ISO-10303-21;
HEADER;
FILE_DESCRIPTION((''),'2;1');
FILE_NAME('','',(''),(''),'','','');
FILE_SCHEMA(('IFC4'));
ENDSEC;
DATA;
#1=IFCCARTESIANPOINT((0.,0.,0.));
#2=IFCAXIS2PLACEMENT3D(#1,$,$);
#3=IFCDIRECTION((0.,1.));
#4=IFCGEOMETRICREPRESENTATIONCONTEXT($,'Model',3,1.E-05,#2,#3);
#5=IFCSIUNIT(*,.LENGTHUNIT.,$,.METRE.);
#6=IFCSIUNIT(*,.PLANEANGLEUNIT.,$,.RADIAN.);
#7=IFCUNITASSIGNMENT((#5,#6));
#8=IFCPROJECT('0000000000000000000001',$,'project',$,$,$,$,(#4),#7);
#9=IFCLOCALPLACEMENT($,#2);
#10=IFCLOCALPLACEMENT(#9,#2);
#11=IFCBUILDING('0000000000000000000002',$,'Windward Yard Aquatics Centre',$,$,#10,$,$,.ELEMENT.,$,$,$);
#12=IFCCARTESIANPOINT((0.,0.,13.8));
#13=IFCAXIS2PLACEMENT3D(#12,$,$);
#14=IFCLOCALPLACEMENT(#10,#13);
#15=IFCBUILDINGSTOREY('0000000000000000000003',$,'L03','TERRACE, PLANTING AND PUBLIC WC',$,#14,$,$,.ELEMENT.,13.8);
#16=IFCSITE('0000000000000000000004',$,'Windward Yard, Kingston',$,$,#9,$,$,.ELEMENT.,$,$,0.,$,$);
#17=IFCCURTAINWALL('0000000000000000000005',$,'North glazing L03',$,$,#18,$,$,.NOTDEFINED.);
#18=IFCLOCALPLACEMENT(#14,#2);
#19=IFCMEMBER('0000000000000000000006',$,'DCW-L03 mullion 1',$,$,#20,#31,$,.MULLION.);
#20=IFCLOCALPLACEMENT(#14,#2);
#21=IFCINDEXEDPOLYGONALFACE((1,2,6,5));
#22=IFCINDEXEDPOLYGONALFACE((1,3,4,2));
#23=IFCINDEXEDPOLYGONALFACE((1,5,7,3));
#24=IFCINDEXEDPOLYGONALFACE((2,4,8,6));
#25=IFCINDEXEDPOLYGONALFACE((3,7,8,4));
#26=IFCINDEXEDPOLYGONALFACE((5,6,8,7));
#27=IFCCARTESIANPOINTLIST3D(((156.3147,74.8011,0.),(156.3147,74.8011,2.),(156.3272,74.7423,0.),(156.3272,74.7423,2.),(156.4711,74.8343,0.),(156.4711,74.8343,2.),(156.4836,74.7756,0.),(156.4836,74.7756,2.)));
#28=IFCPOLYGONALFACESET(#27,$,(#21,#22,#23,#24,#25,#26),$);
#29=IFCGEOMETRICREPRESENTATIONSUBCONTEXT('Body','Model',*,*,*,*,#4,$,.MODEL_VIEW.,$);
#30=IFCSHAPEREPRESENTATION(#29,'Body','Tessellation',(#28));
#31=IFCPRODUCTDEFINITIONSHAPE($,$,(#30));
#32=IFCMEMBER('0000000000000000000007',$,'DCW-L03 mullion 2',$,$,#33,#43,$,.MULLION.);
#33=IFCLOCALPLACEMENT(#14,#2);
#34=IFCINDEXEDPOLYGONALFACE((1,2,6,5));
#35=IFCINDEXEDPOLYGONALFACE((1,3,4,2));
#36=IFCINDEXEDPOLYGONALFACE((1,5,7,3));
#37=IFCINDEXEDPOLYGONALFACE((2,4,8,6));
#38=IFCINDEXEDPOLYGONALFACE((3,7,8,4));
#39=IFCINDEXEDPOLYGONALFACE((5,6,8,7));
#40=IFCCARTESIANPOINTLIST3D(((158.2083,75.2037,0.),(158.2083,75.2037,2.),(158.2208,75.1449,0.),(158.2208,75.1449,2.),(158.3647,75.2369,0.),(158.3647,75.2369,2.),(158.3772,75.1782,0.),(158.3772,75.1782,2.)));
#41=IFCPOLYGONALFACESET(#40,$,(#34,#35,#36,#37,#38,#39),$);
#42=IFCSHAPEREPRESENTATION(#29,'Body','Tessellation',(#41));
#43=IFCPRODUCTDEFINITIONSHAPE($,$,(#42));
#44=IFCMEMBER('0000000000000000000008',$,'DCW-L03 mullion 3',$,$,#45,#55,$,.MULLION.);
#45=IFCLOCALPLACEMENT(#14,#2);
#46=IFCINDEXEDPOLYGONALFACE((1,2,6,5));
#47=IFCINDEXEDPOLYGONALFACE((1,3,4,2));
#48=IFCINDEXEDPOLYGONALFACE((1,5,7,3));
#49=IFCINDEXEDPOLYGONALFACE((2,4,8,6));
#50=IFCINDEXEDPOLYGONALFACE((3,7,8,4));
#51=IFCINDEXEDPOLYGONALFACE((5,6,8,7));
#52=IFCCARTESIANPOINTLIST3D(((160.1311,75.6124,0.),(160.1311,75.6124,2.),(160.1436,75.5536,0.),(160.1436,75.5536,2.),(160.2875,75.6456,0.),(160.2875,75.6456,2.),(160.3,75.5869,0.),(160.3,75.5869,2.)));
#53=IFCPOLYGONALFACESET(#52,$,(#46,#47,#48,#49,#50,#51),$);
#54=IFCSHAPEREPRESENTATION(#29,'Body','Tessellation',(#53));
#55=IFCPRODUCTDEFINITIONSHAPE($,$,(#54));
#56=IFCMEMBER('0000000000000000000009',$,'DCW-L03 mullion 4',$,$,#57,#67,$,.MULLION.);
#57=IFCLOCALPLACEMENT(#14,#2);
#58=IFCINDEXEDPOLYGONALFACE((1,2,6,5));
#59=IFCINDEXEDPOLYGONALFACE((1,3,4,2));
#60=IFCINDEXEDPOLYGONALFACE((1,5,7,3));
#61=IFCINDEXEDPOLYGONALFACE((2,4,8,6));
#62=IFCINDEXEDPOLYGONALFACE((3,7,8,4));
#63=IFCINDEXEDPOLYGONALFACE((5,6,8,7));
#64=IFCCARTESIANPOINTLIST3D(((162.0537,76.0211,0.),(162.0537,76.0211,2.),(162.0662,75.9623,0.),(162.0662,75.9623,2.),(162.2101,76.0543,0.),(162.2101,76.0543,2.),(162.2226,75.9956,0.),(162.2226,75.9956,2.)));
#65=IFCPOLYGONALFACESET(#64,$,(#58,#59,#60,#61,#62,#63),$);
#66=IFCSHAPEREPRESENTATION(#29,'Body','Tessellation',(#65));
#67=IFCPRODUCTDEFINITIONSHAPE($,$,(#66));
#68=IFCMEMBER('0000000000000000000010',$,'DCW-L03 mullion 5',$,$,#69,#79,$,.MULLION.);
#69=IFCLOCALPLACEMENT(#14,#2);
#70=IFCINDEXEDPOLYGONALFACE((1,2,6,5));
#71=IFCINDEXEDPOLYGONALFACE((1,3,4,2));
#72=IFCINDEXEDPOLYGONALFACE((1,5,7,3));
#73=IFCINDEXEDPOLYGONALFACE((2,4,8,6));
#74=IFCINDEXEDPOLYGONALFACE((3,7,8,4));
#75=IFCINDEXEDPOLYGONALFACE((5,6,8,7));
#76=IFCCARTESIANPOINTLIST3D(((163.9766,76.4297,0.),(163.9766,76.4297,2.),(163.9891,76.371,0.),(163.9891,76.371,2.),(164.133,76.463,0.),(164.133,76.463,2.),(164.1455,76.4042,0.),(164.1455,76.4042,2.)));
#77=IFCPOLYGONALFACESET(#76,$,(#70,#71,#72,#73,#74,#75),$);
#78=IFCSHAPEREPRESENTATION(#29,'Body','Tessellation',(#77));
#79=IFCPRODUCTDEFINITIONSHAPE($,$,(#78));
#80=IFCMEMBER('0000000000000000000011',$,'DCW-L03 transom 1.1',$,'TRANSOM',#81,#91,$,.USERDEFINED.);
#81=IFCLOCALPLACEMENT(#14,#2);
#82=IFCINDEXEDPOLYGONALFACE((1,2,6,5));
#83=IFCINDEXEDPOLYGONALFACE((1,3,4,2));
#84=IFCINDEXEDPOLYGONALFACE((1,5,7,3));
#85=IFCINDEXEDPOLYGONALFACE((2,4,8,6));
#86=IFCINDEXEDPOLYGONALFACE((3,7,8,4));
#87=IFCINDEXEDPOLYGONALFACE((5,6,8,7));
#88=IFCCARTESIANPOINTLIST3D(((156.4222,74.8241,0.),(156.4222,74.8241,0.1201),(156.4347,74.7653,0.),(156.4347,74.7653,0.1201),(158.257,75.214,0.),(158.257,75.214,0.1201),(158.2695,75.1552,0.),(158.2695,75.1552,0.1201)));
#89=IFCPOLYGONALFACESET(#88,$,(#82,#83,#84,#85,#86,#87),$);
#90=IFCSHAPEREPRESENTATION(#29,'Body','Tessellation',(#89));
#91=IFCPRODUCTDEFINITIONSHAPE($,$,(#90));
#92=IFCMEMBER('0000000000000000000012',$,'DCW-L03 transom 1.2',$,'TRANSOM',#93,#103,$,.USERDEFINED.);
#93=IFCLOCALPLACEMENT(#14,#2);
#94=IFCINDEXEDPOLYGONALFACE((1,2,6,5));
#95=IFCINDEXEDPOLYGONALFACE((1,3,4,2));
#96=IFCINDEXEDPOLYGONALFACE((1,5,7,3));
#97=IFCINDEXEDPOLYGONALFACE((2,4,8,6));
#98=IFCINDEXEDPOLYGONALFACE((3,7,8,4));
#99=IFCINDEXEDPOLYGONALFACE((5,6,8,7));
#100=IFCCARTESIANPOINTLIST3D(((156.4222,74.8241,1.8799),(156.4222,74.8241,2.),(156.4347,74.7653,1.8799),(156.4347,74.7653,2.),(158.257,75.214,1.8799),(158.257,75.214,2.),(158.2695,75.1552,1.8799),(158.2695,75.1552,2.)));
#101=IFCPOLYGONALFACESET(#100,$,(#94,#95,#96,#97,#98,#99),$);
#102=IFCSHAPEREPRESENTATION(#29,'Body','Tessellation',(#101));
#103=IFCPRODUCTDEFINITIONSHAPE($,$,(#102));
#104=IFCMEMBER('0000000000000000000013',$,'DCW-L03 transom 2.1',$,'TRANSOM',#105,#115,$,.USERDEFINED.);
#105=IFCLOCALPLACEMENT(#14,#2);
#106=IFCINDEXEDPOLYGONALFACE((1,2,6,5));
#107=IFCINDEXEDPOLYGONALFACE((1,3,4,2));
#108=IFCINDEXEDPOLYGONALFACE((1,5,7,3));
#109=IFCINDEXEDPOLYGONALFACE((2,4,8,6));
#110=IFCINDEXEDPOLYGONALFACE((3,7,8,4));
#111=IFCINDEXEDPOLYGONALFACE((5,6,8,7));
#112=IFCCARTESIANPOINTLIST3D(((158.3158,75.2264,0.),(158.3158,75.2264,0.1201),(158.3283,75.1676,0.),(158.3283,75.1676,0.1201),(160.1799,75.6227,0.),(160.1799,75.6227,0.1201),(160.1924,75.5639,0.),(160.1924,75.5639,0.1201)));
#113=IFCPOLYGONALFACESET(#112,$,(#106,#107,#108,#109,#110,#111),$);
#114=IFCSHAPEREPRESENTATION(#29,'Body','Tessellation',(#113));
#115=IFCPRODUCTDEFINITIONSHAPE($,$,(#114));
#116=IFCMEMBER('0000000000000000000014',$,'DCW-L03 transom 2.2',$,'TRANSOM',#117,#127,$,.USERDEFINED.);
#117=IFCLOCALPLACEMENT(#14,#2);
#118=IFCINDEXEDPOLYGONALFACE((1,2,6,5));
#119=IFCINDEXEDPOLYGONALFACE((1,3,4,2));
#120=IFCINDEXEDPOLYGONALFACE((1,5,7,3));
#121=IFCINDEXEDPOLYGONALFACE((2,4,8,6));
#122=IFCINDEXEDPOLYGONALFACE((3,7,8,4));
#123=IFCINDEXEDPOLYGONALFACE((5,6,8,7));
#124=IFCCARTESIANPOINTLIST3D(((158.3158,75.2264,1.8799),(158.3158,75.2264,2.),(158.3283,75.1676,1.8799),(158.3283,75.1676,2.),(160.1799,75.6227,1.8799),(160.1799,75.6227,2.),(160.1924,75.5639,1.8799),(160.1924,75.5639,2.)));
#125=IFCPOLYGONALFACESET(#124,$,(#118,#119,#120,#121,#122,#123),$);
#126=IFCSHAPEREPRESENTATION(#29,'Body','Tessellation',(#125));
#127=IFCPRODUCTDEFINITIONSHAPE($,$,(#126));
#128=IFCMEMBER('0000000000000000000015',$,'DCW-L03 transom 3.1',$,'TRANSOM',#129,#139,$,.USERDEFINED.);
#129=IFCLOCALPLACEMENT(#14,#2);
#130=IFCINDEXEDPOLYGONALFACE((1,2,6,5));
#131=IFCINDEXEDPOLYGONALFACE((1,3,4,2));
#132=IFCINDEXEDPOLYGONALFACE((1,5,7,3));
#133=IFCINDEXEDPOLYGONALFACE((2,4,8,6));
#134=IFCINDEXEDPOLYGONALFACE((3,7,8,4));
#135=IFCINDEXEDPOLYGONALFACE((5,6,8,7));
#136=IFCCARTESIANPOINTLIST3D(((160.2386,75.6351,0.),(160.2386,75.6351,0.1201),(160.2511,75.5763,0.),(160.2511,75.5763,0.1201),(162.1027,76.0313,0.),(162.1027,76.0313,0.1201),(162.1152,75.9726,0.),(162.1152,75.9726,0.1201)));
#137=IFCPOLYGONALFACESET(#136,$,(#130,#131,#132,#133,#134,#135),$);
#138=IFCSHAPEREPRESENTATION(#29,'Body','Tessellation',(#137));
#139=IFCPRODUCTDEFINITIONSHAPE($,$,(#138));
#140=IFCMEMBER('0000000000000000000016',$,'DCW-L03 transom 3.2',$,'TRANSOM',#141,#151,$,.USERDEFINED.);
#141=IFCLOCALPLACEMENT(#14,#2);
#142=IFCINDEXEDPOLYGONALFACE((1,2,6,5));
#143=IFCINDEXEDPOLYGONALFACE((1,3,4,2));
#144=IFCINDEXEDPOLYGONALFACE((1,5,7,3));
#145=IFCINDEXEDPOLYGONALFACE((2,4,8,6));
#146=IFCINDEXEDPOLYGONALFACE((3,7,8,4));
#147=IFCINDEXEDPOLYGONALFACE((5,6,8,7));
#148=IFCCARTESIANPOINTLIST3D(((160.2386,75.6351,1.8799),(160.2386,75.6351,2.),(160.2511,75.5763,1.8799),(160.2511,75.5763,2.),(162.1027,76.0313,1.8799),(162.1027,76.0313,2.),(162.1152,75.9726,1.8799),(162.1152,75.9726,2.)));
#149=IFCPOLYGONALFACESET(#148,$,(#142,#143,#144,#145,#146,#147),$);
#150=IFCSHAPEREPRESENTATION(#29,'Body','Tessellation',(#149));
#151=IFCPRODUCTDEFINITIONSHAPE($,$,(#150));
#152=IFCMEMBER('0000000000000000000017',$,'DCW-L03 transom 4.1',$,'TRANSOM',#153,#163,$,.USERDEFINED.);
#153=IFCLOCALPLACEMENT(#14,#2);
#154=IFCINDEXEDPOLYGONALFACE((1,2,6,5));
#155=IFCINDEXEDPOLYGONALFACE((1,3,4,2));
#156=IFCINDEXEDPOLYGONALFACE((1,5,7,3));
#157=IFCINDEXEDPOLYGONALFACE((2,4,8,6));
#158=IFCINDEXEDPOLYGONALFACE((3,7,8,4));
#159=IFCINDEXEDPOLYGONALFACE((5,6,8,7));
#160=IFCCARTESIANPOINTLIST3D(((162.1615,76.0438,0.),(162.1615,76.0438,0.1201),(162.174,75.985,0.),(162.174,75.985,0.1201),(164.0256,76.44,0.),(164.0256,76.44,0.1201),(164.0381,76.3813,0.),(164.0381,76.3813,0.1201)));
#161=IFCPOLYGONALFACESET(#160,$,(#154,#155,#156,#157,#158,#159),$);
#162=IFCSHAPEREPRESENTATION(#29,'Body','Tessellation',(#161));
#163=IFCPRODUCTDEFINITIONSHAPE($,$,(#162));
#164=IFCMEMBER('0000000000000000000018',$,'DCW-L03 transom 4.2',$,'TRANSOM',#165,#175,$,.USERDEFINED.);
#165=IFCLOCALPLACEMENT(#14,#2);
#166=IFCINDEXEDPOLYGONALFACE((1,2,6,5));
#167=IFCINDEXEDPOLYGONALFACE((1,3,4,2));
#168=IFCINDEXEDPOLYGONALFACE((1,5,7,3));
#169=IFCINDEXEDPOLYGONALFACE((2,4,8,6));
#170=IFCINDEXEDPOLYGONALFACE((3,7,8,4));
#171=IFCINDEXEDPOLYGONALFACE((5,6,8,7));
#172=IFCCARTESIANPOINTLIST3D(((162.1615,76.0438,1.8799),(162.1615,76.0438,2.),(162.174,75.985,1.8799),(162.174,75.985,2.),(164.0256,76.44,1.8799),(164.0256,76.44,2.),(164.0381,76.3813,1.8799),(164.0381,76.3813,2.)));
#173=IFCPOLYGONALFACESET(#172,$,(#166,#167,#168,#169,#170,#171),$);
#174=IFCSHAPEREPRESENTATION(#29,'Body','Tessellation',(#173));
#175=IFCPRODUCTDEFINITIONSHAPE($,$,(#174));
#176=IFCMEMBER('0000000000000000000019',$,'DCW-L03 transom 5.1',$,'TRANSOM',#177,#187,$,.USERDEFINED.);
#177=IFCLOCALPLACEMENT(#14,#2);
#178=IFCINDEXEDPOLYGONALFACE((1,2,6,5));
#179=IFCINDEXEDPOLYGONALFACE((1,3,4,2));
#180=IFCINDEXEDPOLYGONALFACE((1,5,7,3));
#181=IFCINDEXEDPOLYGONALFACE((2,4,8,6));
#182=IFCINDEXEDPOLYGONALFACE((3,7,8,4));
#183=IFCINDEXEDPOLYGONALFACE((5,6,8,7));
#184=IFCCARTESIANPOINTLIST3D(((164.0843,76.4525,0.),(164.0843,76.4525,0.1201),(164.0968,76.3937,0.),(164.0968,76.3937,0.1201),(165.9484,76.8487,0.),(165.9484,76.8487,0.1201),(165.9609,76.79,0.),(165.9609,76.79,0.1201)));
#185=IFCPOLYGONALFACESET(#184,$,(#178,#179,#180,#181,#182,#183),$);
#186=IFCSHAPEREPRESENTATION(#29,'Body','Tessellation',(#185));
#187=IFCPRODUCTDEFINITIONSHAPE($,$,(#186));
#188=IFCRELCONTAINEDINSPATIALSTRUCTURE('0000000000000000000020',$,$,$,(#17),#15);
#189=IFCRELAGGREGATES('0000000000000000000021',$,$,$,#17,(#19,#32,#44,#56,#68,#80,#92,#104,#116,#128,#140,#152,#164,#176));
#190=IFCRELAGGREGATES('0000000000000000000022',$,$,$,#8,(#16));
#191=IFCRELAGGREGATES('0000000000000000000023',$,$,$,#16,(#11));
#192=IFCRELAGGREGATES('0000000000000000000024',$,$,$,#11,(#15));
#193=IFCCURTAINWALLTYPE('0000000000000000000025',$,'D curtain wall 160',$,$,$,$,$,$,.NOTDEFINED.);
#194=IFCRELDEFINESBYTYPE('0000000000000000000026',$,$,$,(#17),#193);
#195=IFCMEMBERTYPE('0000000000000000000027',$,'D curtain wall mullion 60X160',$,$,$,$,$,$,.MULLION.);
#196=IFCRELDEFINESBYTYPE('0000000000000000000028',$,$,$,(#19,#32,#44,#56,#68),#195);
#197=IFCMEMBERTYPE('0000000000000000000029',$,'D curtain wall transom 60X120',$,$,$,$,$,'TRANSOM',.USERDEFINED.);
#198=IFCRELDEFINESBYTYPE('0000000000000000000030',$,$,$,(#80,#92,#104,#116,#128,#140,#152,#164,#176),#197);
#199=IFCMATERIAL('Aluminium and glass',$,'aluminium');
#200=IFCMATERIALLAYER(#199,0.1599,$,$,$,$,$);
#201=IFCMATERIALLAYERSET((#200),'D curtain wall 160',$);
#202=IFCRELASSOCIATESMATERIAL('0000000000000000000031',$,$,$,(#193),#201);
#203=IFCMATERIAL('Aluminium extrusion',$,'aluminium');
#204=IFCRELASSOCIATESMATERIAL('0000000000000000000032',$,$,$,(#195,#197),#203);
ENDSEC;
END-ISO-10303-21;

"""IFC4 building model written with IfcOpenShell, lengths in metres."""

from ifc_helpers import new_model, si_unit, direction, frame, origin, origin_2d, place, context, subcontext, project, spatial, rectangle, extrude, material, layer, layer_set, material_profile, profile_set, type_object, element, aggregate, save


model = new_model("IFC4")

# Units and contexts
model_context = context("Model", 3, precision=1e-05, world=origin(), true_north=direction((0.0, 1.0)))
body_context = subcontext(model_context, "Body", "Model", "MODEL_VIEW")
ifc_project = project(units=[si_unit("LENGTHUNIT", "METRE"), si_unit("PLANEANGLEUNIT", "RADIAN")], contexts=[model_context])

# Site, building, storey
site_placement = place(None, origin())
site = spatial("IfcSite", under=ifc_project, at=site_placement, Name="Windward Yard, Kingston", CompositionType="ELEMENT", RefElevation=0.0)
building_placement = place(site_placement, origin())
building = spatial("IfcBuilding", under=site, at=building_placement, Name="Windward Yard Aquatics Centre", CompositionType="ELEMENT")
storey_placement = place(building_placement, frame((0.0, 0.0, 13.8)))
storey = spatial("IfcBuildingStorey", under=building, at=storey_placement, Name="L03", Description="TERRACE, PLANTING AND PUBLIC WC", CompositionType="ELEMENT", Elevation=13.8)

# Curtain wall, members
ifc_material_1 = material(Name="Aluminium and glass", Category="aluminium")
ifc_layer_1 = layer(ifc_material_1, 0.1599)
ifc_layer_set_1 = layer_set([ifc_layer_1], Name="D curtain wall 160")
curtain_wall_type = type_object("IfcCurtainWallType", Name="D curtain wall 160", PredefinedType="NOTDEFINED", material=ifc_layer_set_1)
curtain_wall_placement = place(storey_placement, origin())
curtain_wall = element("IfcCurtainWall", 1, at=curtain_wall_placement, inside=storey, type_object=curtain_wall_type, Name="North glazing L03", PredefinedType="NOTDEFINED")
ifc_material_2 = material(Name="Aluminium extrusion", Category="aluminium")
ifc_material_profile_1 = material_profile(ifc_material_2, rectangle(XDim=0.0601, YDim=0.1599, at=origin_2d()), Name="MULLION 60X160")
ifc_profile_set_1 = profile_set([ifc_material_profile_1], Name="Aluminium extrusion")
member_type_1 = type_object("IfcMemberType", Name="D curtain wall mullion 60X160", PredefinedType="MULLION", material=ifc_profile_set_1)
member_1_placement = place(storey_placement, frame((156.3992, 74.7883, 0.0), z_axis=(0.0, 0.0, 1.0), x_axis=(-0.207912, 0.978148, 0.0)))
member_1 = element("IfcMember", 2, at=member_1_placement, type_object=member_type_1, Name="DCW-L03 mullion 1", PredefinedType="MULLION", context=body_context, shape_type="SweptSolid", body=[
    extrude(rectangle(XDim=0.0601, YDim=0.1599, at=origin_2d()), origin(), (0.0, 0.0, 1.0), 2.0),
])
member_2_placement = place(storey_placement, frame((158.2927, 75.1909, 0.0), z_axis=(0.0, 0.0, 1.0), x_axis=(-0.207912, 0.978148, 0.0)))
member_2 = element("IfcMember", 3, at=member_2_placement, type_object=member_type_1, Name="DCW-L03 mullion 2", PredefinedType="MULLION", context=body_context, shape_type="SweptSolid", body=[
    extrude(rectangle(XDim=0.0601, YDim=0.1599, at=origin_2d()), origin(), (0.0, 0.0, 1.0), 2.0),
])
member_3_placement = place(storey_placement, frame((160.2156, 75.5996, 0.0), z_axis=(0.0, 0.0, 1.0), x_axis=(-0.207912, 0.978148, 0.0)))
member_3 = element("IfcMember", 4, at=member_3_placement, type_object=member_type_1, Name="DCW-L03 mullion 3", PredefinedType="MULLION", context=body_context, shape_type="SweptSolid", body=[
    extrude(rectangle(XDim=0.0601, YDim=0.1599, at=origin_2d()), origin(), (0.0, 0.0, 1.0), 2.0),
])
member_4_placement = place(storey_placement, frame((162.1382, 76.0083, 0.0), z_axis=(0.0, 0.0, 1.0), x_axis=(-0.207912, 0.978148, 0.0)))
member_4 = element("IfcMember", 5, at=member_4_placement, type_object=member_type_1, Name="DCW-L03 mullion 4", PredefinedType="MULLION", context=body_context, shape_type="SweptSolid", body=[
    extrude(rectangle(XDim=0.0601, YDim=0.1599, at=origin_2d()), origin(), (0.0, 0.0, 1.0), 2.0),
])
member_5_placement = place(storey_placement, frame((164.061, 76.417, 0.0), z_axis=(0.0, 0.0, 1.0), x_axis=(-0.207912, 0.978148, 0.0)))
member_5 = element("IfcMember", 6, at=member_5_placement, type_object=member_type_1, Name="DCW-L03 mullion 5", PredefinedType="MULLION", context=body_context, shape_type="SweptSolid", body=[
    extrude(rectangle(XDim=0.0601, YDim=0.1599, at=origin_2d()), origin(), (0.0, 0.0, 1.0), 2.0),
])
ifc_material_profile_2 = material_profile(ifc_material_2, rectangle(XDim=0.0601, YDim=0.1201, at=origin_2d()), Name="TRANSOM 60X120")
ifc_profile_set_2 = profile_set([ifc_material_profile_2], Name="Aluminium extrusion")
member_type_2 = type_object("IfcMemberType", Name="D curtain wall transom 60X120", ElementType="TRANSOM", PredefinedType="USERDEFINED", material=ifc_profile_set_2)
member_6_placement = place(storey_placement, frame((156.4285, 74.7947, 0.0601), z_axis=(0.978157, 0.207867, 0.0), x_axis=(-0.207867, 0.978157, 0.0)))
member_6 = element("IfcMember", 7, at=member_6_placement, type_object=member_type_2, Name="DCW-L03 transom 1.1", ObjectType="TRANSOM", PredefinedType="USERDEFINED", context=body_context, shape_type="SweptSolid", body=[
    extrude(rectangle(XDim=0.0601, YDim=0.1201, at=origin_2d()), origin(), (0.0, 0.0, 1.0), 1.8757),
])
member_7_placement = place(storey_placement, frame((156.4285, 74.7947, 1.9399), z_axis=(0.978157, 0.207867, 0.0), x_axis=(-0.207867, 0.978157, 0.0)))
member_7 = element("IfcMember", 8, at=member_7_placement, type_object=member_type_2, Name="DCW-L03 transom 1.2", ObjectType="TRANSOM", PredefinedType="USERDEFINED", context=body_context, shape_type="SweptSolid", body=[
    extrude(rectangle(XDim=0.0601, YDim=0.1201, at=origin_2d()), origin(), (0.0, 0.0, 1.0), 1.8757),
])
member_8_placement = place(storey_placement, frame((158.322, 75.197, 0.0601), z_axis=(0.978144, 0.207928, 0.0), x_axis=(-0.207928, 0.978144, 0.0)))
member_8 = element("IfcMember", 9, at=member_8_placement, type_object=member_type_2, Name="DCW-L03 transom 2.1", ObjectType="TRANSOM", PredefinedType="USERDEFINED", context=body_context, shape_type="SweptSolid", body=[
    extrude(rectangle(XDim=0.0601, YDim=0.1201, at=origin_2d()), origin(), (0.0, 0.0, 1.0), 1.9058),
])
member_9_placement = place(storey_placement, frame((158.322, 75.197, 1.9399), z_axis=(0.978144, 0.207928, 0.0), x_axis=(-0.207928, 0.978144, 0.0)))
member_9 = element("IfcMember", 10, at=member_9_placement, type_object=member_type_2, Name="DCW-L03 transom 2.2", ObjectType="TRANSOM", PredefinedType="USERDEFINED", context=body_context, shape_type="SweptSolid", body=[
    extrude(rectangle(XDim=0.0601, YDim=0.1201, at=origin_2d()), origin(), (0.0, 0.0, 1.0), 1.9058),
])
member_10_placement = place(storey_placement, frame((160.2449, 75.6057, 0.0601), z_axis=(0.978144, 0.207928, 0.0), x_axis=(-0.207928, 0.978144, 0.0)))
member_10 = element("IfcMember", 11, at=member_10_placement, type_object=member_type_2, Name="DCW-L03 transom 3.1", ObjectType="TRANSOM", PredefinedType="USERDEFINED", context=body_context, shape_type="SweptSolid", body=[
    extrude(rectangle(XDim=0.0601, YDim=0.1201, at=origin_2d()), origin(), (0.0, 0.0, 1.0), 1.9058),
])
member_11_placement = place(storey_placement, frame((160.2449, 75.6057, 1.9399), z_axis=(0.978144, 0.207928, 0.0), x_axis=(-0.207928, 0.978144, 0.0)))
member_11 = element("IfcMember", 12, at=member_11_placement, type_object=member_type_2, Name="DCW-L03 transom 3.2", ObjectType="TRANSOM", PredefinedType="USERDEFINED", context=body_context, shape_type="SweptSolid", body=[
    extrude(rectangle(XDim=0.0601, YDim=0.1201, at=origin_2d()), origin(), (0.0, 0.0, 1.0), 1.9058),
])
member_12_placement = place(storey_placement, frame((162.1677, 76.0144, 0.0601), z_axis=(0.978144, 0.207928, 0.0), x_axis=(-0.207928, 0.978144, 0.0)))
member_12 = element("IfcMember", 13, at=member_12_placement, type_object=member_type_2, Name="DCW-L03 transom 4.1", ObjectType="TRANSOM", PredefinedType="USERDEFINED", context=body_context, shape_type="SweptSolid", body=[
    extrude(rectangle(XDim=0.0601, YDim=0.1201, at=origin_2d()), origin(), (0.0, 0.0, 1.0), 1.9058),
])
member_13_placement = place(storey_placement, frame((162.1677, 76.0144, 1.9399), z_axis=(0.978144, 0.207928, 0.0), x_axis=(-0.207928, 0.978144, 0.0)))
member_13 = element("IfcMember", 14, at=member_13_placement, type_object=member_type_2, Name="DCW-L03 transom 4.2", ObjectType="TRANSOM", PredefinedType="USERDEFINED", context=body_context, shape_type="SweptSolid", body=[
    extrude(rectangle(XDim=0.0601, YDim=0.1201, at=origin_2d()), origin(), (0.0, 0.0, 1.0), 1.9058),
])
member_14_placement = place(storey_placement, frame((164.0906, 76.4231, 0.0601), z_axis=(0.978144, 0.207928, 0.0), x_axis=(-0.207928, 0.978144, 0.0)))
member_14 = element("IfcMember", 15, at=member_14_placement, type_object=member_type_2, Name="DCW-L03 transom 5.1", ObjectType="TRANSOM", PredefinedType="USERDEFINED", context=body_context, shape_type="SweptSolid", body=[
    extrude(rectangle(XDim=0.0601, YDim=0.1201, at=origin_2d()), origin(), (0.0, 0.0, 1.0), 1.9058),
])

aggregate(curtain_wall, [member_1, member_2, member_3, member_4, member_5, member_6, member_7, member_8, member_9, member_10, member_11, member_12, member_13, member_14])

save(model, "model.ifc")
